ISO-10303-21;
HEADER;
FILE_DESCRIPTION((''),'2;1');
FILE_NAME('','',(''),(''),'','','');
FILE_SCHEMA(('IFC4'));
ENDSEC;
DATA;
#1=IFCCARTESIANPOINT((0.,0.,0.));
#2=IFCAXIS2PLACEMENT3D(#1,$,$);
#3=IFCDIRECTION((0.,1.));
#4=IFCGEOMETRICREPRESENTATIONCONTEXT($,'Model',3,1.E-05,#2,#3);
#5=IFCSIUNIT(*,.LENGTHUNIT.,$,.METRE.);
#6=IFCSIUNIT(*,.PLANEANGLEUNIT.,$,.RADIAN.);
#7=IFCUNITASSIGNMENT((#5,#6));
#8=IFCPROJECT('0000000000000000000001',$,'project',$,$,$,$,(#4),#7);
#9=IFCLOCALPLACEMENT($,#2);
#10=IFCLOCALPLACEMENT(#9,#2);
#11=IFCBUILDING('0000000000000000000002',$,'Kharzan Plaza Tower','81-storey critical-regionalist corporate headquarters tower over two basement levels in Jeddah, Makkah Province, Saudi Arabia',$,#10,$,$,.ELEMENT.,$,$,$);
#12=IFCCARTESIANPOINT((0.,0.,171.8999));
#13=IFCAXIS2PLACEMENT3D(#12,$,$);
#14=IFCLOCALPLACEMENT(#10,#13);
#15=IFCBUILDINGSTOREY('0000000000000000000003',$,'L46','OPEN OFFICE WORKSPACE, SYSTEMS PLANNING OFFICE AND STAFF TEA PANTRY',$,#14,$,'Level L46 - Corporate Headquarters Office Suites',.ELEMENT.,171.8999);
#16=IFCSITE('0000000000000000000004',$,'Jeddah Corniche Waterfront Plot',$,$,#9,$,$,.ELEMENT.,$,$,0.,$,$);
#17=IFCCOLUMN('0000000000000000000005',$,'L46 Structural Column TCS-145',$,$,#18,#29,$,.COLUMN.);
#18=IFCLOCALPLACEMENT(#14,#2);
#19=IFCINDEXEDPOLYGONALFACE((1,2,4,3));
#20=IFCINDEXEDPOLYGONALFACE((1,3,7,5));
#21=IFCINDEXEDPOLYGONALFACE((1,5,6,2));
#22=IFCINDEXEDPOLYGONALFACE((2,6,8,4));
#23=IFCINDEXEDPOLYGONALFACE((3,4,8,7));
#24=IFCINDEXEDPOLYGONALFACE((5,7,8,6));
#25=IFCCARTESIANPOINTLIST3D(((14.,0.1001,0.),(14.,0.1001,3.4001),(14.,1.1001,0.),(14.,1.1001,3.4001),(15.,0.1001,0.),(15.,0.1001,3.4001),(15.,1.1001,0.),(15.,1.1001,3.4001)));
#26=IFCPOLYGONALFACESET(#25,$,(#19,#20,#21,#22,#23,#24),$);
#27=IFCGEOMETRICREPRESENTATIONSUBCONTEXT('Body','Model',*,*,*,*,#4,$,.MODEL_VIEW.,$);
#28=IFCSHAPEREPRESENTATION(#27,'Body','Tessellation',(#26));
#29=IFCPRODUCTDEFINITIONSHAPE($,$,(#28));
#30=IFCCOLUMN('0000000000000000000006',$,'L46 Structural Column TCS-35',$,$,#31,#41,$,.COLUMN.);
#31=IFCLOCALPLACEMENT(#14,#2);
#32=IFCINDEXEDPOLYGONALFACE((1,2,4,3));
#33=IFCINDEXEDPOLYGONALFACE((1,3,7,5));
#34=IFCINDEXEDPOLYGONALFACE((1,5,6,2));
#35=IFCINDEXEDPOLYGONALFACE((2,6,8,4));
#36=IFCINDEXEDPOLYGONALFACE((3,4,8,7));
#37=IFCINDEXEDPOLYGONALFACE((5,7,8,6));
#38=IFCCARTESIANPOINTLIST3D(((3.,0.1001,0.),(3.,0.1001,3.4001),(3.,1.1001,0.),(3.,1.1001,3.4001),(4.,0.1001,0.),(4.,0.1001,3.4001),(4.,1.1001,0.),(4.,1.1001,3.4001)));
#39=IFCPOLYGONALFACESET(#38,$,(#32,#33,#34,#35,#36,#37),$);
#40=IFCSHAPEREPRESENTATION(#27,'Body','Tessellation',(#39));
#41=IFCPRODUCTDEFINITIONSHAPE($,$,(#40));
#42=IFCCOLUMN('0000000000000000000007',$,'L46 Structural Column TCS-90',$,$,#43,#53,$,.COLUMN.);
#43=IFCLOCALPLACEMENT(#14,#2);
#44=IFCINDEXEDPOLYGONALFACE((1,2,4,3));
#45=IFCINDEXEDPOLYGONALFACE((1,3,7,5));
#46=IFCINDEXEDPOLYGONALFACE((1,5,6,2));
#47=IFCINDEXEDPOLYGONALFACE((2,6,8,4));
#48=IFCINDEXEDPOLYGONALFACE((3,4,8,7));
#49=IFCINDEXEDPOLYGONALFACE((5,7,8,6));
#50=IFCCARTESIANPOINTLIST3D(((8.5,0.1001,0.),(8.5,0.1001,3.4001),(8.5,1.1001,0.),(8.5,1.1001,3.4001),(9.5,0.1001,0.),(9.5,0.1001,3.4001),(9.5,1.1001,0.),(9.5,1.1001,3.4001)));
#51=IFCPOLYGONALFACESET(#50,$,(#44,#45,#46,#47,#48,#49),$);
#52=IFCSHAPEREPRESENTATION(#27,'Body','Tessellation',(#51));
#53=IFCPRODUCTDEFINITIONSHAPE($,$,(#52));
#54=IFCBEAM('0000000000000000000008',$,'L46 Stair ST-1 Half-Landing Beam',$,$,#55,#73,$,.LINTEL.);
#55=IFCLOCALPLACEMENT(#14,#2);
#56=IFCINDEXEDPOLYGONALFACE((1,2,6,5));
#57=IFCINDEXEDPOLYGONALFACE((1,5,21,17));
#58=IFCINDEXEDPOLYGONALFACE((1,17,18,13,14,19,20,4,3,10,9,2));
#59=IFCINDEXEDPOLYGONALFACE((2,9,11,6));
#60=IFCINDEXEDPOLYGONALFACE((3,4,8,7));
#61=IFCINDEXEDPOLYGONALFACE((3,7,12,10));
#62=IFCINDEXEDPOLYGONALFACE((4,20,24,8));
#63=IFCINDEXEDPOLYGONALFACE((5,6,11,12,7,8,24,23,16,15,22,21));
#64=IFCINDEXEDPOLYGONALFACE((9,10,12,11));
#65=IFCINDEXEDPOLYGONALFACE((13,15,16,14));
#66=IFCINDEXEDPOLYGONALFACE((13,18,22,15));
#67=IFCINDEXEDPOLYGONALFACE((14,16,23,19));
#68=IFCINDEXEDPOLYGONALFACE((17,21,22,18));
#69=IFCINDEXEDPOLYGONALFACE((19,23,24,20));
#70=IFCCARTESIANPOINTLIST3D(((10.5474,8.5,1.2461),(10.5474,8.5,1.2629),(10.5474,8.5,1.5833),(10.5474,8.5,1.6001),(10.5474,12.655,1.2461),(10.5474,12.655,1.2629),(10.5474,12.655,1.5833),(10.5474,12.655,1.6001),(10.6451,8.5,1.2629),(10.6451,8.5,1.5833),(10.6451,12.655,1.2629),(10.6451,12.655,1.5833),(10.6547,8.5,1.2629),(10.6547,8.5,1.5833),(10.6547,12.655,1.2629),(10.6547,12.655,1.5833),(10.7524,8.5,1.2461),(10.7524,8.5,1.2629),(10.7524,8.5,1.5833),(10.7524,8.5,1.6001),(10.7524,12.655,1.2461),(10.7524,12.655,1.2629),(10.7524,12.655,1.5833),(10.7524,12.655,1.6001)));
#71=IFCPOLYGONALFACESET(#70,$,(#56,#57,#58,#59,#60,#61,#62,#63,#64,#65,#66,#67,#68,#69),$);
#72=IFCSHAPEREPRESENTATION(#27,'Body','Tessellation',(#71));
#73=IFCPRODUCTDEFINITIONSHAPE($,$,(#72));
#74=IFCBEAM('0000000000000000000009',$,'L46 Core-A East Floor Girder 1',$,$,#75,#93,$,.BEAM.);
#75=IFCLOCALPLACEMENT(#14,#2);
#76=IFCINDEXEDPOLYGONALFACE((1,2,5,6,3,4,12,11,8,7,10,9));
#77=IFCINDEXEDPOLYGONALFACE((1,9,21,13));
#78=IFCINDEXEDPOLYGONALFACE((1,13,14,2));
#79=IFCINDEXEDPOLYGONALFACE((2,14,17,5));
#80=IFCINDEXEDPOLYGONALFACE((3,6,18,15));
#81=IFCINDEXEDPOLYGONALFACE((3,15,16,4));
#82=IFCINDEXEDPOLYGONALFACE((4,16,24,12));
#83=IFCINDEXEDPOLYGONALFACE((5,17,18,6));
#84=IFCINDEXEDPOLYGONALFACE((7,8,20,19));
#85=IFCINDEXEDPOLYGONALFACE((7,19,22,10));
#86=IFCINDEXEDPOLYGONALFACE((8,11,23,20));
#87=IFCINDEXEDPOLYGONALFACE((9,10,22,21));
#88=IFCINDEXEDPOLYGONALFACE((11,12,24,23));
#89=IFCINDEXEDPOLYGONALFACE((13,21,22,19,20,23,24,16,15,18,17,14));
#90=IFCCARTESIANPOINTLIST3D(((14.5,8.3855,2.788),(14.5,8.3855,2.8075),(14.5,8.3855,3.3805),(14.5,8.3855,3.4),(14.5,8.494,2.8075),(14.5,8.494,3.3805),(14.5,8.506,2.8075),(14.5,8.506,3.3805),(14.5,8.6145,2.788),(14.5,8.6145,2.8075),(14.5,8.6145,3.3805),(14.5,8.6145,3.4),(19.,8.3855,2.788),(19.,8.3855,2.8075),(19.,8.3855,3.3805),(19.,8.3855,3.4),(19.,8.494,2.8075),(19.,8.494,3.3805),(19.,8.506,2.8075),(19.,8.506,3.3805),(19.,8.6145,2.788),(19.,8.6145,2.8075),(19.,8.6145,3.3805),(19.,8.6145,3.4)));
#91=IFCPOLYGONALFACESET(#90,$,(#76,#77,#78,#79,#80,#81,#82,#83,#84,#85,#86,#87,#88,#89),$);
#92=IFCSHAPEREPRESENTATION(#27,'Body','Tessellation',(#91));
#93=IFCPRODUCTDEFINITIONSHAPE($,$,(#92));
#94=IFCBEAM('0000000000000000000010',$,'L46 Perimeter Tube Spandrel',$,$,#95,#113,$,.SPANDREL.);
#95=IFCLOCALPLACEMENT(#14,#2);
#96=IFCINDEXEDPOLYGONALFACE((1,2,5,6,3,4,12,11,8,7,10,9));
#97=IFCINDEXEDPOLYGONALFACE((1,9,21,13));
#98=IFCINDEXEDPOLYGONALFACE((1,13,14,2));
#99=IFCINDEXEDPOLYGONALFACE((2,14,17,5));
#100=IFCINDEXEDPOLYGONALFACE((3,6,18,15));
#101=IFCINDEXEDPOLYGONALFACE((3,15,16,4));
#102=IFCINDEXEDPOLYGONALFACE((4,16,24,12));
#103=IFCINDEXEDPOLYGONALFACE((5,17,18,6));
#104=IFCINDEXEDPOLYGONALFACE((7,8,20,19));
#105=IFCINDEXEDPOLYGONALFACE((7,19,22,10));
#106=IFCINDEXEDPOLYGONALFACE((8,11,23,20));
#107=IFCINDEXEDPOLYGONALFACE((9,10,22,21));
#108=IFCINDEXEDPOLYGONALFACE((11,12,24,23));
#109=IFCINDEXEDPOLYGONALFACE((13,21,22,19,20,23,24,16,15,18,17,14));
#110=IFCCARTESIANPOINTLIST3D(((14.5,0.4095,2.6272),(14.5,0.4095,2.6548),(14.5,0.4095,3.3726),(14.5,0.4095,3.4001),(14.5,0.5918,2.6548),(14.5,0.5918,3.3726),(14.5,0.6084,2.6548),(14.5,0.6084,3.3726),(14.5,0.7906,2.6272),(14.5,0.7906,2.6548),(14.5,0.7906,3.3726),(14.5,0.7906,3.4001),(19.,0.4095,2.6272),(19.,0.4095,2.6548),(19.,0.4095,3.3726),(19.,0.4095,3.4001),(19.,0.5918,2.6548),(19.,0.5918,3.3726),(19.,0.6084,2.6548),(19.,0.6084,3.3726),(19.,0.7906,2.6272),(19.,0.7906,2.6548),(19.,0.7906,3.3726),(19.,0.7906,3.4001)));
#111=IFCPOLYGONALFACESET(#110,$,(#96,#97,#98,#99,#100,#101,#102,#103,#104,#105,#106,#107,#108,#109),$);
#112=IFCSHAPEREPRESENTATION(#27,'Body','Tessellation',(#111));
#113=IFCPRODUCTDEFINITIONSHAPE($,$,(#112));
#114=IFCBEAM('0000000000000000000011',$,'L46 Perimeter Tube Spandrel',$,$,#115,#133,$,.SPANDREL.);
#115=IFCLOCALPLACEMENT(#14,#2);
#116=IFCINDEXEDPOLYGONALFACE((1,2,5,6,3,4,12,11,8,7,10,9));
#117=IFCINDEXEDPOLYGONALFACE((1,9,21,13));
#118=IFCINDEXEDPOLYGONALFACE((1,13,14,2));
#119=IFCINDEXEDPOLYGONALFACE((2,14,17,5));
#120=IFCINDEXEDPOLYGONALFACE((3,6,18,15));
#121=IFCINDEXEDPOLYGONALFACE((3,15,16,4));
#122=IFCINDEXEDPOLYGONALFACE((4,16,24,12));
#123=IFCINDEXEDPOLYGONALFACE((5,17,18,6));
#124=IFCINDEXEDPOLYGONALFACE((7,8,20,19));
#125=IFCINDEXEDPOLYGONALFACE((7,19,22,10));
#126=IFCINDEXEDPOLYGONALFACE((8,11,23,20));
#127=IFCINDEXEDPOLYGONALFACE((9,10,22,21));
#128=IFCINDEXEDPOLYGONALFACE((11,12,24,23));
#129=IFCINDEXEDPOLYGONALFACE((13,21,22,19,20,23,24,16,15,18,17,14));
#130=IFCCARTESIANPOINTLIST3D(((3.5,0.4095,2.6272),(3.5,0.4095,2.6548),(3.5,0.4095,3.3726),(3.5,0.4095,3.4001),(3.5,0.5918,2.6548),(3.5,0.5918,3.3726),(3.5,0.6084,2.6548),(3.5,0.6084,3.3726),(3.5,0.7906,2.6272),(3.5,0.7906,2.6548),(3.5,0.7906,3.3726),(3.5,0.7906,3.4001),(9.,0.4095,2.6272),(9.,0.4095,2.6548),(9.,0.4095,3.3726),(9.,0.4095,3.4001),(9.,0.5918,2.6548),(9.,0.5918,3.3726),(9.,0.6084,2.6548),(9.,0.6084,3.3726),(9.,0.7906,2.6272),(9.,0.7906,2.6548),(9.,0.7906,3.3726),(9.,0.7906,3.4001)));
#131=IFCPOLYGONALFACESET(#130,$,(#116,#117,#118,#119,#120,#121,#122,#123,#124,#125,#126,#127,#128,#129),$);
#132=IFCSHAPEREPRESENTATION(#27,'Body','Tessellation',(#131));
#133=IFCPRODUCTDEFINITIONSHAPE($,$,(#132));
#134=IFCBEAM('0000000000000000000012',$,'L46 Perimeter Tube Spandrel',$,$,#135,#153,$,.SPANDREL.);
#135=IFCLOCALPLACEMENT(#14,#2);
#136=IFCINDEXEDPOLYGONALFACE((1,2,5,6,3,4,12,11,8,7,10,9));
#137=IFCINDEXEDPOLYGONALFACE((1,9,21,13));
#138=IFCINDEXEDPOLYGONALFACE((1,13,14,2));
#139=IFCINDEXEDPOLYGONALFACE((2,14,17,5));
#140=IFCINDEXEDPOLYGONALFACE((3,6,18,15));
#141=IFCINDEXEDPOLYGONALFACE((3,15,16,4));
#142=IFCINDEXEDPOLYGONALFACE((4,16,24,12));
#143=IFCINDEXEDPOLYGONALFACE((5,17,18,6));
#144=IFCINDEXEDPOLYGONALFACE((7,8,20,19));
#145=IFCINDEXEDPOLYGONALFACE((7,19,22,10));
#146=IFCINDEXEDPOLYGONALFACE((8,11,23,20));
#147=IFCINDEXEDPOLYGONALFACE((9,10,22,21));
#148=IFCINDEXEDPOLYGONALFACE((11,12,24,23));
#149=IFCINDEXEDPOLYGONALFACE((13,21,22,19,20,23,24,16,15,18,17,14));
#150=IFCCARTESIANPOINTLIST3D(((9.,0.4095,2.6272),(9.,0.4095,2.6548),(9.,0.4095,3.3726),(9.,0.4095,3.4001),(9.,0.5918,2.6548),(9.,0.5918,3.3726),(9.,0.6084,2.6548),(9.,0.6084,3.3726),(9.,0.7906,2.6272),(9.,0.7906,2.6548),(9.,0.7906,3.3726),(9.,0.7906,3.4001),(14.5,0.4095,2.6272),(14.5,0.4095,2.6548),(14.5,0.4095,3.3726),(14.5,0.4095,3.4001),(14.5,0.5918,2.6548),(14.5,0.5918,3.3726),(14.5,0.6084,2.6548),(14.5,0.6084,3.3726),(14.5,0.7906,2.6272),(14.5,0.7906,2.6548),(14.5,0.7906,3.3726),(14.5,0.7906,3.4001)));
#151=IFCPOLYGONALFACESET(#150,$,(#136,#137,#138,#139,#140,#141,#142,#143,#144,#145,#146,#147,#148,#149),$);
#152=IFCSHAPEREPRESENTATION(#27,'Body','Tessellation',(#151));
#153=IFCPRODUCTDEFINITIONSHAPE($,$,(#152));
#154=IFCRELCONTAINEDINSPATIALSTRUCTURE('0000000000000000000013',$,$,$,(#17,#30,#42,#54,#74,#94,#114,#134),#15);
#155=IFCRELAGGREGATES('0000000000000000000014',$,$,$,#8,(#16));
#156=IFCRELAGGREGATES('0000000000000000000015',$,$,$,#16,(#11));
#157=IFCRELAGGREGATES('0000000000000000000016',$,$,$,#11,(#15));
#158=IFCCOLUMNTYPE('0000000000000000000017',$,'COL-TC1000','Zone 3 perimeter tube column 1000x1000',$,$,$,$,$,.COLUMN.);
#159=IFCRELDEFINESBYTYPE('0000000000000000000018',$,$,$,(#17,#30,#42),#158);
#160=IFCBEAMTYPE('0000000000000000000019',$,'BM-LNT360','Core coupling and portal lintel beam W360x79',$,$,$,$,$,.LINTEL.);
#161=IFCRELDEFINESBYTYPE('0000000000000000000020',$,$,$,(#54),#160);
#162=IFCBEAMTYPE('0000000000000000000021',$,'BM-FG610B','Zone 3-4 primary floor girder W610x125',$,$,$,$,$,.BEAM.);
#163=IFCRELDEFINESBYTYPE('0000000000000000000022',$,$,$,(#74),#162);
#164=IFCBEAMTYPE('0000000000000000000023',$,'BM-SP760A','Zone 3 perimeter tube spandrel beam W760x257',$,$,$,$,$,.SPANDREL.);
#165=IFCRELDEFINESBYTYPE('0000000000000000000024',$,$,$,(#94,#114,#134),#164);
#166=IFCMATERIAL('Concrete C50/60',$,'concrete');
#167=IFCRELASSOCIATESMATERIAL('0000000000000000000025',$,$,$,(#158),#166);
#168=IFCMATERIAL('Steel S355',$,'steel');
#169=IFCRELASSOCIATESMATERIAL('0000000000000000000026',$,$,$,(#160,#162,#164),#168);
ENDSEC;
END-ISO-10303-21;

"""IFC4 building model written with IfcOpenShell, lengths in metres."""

from ifc_helpers import new_model, si_unit, direction, frame, origin, origin_2d, place, context, subcontext, project, spatial, rectangle, i_section, extrude, source, transform, mapped, material, material_profile, profile_set, type_object, element, save


model = new_model("IFC4")

# Units and contexts
model_context = context("Model", 3, precision=1e-05, world=origin(), true_north=direction((0.0, 1.0)))
body_context = subcontext(model_context, "Body", "Model", "MODEL_VIEW")
ifc_project = project(units=[si_unit("LENGTHUNIT", "METRE"), si_unit("PLANEANGLEUNIT", "RADIAN")], contexts=[model_context])

# Site, building, storey
site_placement = place(None, origin())
site = spatial("IfcSite", under=ifc_project, at=site_placement, Name="Jeddah Corniche Waterfront Plot", CompositionType="ELEMENT", RefElevation=0.0)
building_placement = place(site_placement, origin())
building = spatial("IfcBuilding", under=site, at=building_placement, Name="Kharzan Plaza Tower", Description="81-storey critical-regionalist corporate headquarters tower over two basement levels in Jeddah, Makkah Province, Saudi Arabia", CompositionType="ELEMENT")
storey_placement = place(building_placement, frame((0.0, 0.0, 171.8999)))
storey = spatial("IfcBuildingStorey", under=building, at=storey_placement, Name="L46", Description="OPEN OFFICE WORKSPACE, SYSTEMS PLANNING OFFICE AND STAFF TEA PANTRY", LongName="Level L46 - Corporate Headquarters Office Suites", CompositionType="ELEMENT", Elevation=171.8999)

# Columns
ifc_material_1 = material(Name="Concrete C50/60", Category="concrete")
ifc_material_profile_1 = material_profile(ifc_material_1, rectangle(XDim=1.0, YDim=1.0, at=origin_2d()), Name="RC-TC1000x1000")
ifc_profile_set_1 = profile_set([ifc_material_profile_1], Name="Concrete C50/60")
column_type = type_object("IfcColumnType", Name="COL-TC1000", Description="Zone 3 perimeter tube column 1000x1000", PredefinedType="COLUMN", material=ifc_profile_set_1)
shared_shape_1 = source(origin(), body_context, "Body", "SweptSolid", [
    extrude(rectangle(XDim=1.0, YDim=1.0, at=origin_2d()), origin(), (0.0, 0.0, 1.0), 3.4001),
])
for number, where, z_axis, x_axis, name in (
    (1, (14.5, 0.6001, 0.0), (0.0, 0.0, 1.0), (1.0, 0.0, 0.0), "L46 Structural Column TCS-145"),
    (2, (3.5, 0.6001, 0.0), (0.0, 0.0, 1.0), (1.0, 0.0, 0.0), "L46 Structural Column TCS-35"),
    (3, (9.0, 0.6001, 0.0), (0.0, 0.0, 1.0), (1.0, 0.0, 0.0), "L46 Structural Column TCS-90"),
):
    element("IfcColumn", number, at=place(storey_placement, frame(where, z_axis=z_axis, x_axis=x_axis)), inside=storey, type_object=column_type, Name=name, PredefinedType="COLUMN", context=body_context, shape_type="MappedRepresentation", body=[
        mapped(shared_shape_1, transform((0.0, 0.0, 0.0), x_axis=(1.0, 0.0, 0.0), y_axis=(0.0, 1.0, 0.0), z_axis=(0.0, 0.0, 1.0))),
    ])

# Beams
ifc_material_2 = material(Name="Steel S355", Category="steel")
ifc_material_profile_2 = material_profile(ifc_material_2, i_section(OverallWidth=0.2051, OverallDepth=0.354, WebThickness=0.0095, FlangeThickness=0.0168, at=origin_2d()), Name="W360x79")
ifc_profile_set_2 = profile_set([ifc_material_profile_2], Name="Steel S355")
beam_type_1 = type_object("IfcBeamType", Name="BM-LNT360", Description="Core coupling and portal lintel beam W360x79", PredefinedType="LINTEL", material=ifc_profile_set_2)
shared_shape_2 = source(origin(), body_context, "Body", "SweptSolid", [
    extrude(i_section(OverallWidth=0.2051, OverallDepth=0.354, WebThickness=0.0095, FlangeThickness=0.0168, at=origin_2d()), origin(), (0.0, 0.0, 1.0), 4.155),
])
beam_1_placement = place(storey_placement, frame((10.6499, 8.5, 1.4231), z_axis=(0.0, 1.0, 0.0), x_axis=(-1.0, 0.0, 0.0)))
element("IfcBeam", 4, at=beam_1_placement, inside=storey, type_object=beam_type_1, Name="L46 Stair ST-1 Half-Landing Beam", PredefinedType="LINTEL", context=body_context, shape_type="MappedRepresentation", body=[
    mapped(shared_shape_2, transform((0.0, 0.0, 0.0), x_axis=(1.0, 0.0, 0.0), y_axis=(0.0, 1.0, 0.0), z_axis=(0.0, 0.0, 1.0))),
])
ifc_material_profile_3 = material_profile(ifc_material_2, i_section(OverallWidth=0.229, OverallDepth=0.6121, WebThickness=0.012, FlangeThickness=0.0195, at=origin_2d()), Name="W610x125")
ifc_profile_set_3 = profile_set([ifc_material_profile_3], Name="Steel S355")
beam_type_2 = type_object("IfcBeamType", Name="BM-FG610B", Description="Zone 3-4 primary floor girder W610x125", PredefinedType="BEAM", material=ifc_profile_set_3)
shared_shape_3 = source(origin(), body_context, "Body", "SweptSolid", [
    extrude(i_section(OverallWidth=0.229, OverallDepth=0.6121, WebThickness=0.012, FlangeThickness=0.0195, at=origin_2d()), origin(), (0.0, 0.0, 1.0), 4.5),
])
beam_2_placement = place(storey_placement, frame((14.5, 8.5, 3.094), z_axis=(1.0, 0.0, 0.0), x_axis=(0.0, 1.0, 0.0)))
element("IfcBeam", 5, at=beam_2_placement, inside=storey, type_object=beam_type_2, Name="L46 Core-A East Floor Girder 1", PredefinedType="BEAM", context=body_context, shape_type="MappedRepresentation", body=[
    mapped(shared_shape_3, transform((0.0, 0.0, 0.0), x_axis=(1.0, 0.0, 0.0), y_axis=(0.0, 1.0, 0.0), z_axis=(0.0, 0.0, 1.0))),
])
ifc_material_profile_4 = material_profile(ifc_material_2, i_section(OverallWidth=0.3811, OverallDepth=0.7729, WebThickness=0.0166, FlangeThickness=0.0276, at=origin_2d()), Name="W760x257")
ifc_profile_set_4 = profile_set([ifc_material_profile_4], Name="Steel S355")
beam_type_3 = type_object("IfcBeamType", Name="BM-SP760A", Description="Zone 3 perimeter tube spandrel beam W760x257", PredefinedType="SPANDREL", material=ifc_profile_set_4)
shared_shape_4 = source(origin(), body_context, "Body", "SweptSolid", [
    extrude(i_section(OverallWidth=0.3811, OverallDepth=0.7729, WebThickness=0.0166, FlangeThickness=0.0276, at=origin_2d()), origin(), (0.0, 0.0, 1.0), 4.5),
])
beam_3_placement = place(storey_placement, frame((14.5, 0.6001, 3.0137), z_axis=(1.0, 0.0, 0.0), x_axis=(0.0, 1.0, 0.0)))
element("IfcBeam", 6, at=beam_3_placement, inside=storey, type_object=beam_type_3, Name="L46 Perimeter Tube Spandrel", PredefinedType="SPANDREL", context=body_context, shape_type="MappedRepresentation", body=[
    mapped(shared_shape_4, transform((0.0, 0.0, 0.0), x_axis=(1.0, 0.0, 0.0), y_axis=(0.0, 1.0, 0.0), z_axis=(0.0, 0.0, 1.0))),
])
shared_shape_5 = source(origin(), body_context, "Body", "SweptSolid", [
    extrude(i_section(OverallWidth=0.3811, OverallDepth=0.7729, WebThickness=0.0166, FlangeThickness=0.0276, at=origin_2d()), origin(), (0.0, 0.0, 1.0), 5.5),
])
for number, where, z_axis, x_axis, name in (
    (7, (3.5, 0.6001, 3.0137), (1.0, 0.0, 0.0), (0.0, 1.0, 0.0), "L46 Perimeter Tube Spandrel"),
    (8, (9.0, 0.6001, 3.0137), (1.0, 0.0, 0.0), (0.0, 1.0, 0.0), "L46 Perimeter Tube Spandrel"),
):
    element("IfcBeam", number, at=place(storey_placement, frame(where, z_axis=z_axis, x_axis=x_axis)), inside=storey, type_object=beam_type_3, Name=name, PredefinedType="SPANDREL", context=body_context, shape_type="MappedRepresentation", body=[
        mapped(shared_shape_5, transform((0.0, 0.0, 0.0), x_axis=(1.0, 0.0, 0.0), y_axis=(0.0, 1.0, 0.0), z_axis=(0.0, 0.0, 1.0))),
    ])

save(model, "model.ifc")
